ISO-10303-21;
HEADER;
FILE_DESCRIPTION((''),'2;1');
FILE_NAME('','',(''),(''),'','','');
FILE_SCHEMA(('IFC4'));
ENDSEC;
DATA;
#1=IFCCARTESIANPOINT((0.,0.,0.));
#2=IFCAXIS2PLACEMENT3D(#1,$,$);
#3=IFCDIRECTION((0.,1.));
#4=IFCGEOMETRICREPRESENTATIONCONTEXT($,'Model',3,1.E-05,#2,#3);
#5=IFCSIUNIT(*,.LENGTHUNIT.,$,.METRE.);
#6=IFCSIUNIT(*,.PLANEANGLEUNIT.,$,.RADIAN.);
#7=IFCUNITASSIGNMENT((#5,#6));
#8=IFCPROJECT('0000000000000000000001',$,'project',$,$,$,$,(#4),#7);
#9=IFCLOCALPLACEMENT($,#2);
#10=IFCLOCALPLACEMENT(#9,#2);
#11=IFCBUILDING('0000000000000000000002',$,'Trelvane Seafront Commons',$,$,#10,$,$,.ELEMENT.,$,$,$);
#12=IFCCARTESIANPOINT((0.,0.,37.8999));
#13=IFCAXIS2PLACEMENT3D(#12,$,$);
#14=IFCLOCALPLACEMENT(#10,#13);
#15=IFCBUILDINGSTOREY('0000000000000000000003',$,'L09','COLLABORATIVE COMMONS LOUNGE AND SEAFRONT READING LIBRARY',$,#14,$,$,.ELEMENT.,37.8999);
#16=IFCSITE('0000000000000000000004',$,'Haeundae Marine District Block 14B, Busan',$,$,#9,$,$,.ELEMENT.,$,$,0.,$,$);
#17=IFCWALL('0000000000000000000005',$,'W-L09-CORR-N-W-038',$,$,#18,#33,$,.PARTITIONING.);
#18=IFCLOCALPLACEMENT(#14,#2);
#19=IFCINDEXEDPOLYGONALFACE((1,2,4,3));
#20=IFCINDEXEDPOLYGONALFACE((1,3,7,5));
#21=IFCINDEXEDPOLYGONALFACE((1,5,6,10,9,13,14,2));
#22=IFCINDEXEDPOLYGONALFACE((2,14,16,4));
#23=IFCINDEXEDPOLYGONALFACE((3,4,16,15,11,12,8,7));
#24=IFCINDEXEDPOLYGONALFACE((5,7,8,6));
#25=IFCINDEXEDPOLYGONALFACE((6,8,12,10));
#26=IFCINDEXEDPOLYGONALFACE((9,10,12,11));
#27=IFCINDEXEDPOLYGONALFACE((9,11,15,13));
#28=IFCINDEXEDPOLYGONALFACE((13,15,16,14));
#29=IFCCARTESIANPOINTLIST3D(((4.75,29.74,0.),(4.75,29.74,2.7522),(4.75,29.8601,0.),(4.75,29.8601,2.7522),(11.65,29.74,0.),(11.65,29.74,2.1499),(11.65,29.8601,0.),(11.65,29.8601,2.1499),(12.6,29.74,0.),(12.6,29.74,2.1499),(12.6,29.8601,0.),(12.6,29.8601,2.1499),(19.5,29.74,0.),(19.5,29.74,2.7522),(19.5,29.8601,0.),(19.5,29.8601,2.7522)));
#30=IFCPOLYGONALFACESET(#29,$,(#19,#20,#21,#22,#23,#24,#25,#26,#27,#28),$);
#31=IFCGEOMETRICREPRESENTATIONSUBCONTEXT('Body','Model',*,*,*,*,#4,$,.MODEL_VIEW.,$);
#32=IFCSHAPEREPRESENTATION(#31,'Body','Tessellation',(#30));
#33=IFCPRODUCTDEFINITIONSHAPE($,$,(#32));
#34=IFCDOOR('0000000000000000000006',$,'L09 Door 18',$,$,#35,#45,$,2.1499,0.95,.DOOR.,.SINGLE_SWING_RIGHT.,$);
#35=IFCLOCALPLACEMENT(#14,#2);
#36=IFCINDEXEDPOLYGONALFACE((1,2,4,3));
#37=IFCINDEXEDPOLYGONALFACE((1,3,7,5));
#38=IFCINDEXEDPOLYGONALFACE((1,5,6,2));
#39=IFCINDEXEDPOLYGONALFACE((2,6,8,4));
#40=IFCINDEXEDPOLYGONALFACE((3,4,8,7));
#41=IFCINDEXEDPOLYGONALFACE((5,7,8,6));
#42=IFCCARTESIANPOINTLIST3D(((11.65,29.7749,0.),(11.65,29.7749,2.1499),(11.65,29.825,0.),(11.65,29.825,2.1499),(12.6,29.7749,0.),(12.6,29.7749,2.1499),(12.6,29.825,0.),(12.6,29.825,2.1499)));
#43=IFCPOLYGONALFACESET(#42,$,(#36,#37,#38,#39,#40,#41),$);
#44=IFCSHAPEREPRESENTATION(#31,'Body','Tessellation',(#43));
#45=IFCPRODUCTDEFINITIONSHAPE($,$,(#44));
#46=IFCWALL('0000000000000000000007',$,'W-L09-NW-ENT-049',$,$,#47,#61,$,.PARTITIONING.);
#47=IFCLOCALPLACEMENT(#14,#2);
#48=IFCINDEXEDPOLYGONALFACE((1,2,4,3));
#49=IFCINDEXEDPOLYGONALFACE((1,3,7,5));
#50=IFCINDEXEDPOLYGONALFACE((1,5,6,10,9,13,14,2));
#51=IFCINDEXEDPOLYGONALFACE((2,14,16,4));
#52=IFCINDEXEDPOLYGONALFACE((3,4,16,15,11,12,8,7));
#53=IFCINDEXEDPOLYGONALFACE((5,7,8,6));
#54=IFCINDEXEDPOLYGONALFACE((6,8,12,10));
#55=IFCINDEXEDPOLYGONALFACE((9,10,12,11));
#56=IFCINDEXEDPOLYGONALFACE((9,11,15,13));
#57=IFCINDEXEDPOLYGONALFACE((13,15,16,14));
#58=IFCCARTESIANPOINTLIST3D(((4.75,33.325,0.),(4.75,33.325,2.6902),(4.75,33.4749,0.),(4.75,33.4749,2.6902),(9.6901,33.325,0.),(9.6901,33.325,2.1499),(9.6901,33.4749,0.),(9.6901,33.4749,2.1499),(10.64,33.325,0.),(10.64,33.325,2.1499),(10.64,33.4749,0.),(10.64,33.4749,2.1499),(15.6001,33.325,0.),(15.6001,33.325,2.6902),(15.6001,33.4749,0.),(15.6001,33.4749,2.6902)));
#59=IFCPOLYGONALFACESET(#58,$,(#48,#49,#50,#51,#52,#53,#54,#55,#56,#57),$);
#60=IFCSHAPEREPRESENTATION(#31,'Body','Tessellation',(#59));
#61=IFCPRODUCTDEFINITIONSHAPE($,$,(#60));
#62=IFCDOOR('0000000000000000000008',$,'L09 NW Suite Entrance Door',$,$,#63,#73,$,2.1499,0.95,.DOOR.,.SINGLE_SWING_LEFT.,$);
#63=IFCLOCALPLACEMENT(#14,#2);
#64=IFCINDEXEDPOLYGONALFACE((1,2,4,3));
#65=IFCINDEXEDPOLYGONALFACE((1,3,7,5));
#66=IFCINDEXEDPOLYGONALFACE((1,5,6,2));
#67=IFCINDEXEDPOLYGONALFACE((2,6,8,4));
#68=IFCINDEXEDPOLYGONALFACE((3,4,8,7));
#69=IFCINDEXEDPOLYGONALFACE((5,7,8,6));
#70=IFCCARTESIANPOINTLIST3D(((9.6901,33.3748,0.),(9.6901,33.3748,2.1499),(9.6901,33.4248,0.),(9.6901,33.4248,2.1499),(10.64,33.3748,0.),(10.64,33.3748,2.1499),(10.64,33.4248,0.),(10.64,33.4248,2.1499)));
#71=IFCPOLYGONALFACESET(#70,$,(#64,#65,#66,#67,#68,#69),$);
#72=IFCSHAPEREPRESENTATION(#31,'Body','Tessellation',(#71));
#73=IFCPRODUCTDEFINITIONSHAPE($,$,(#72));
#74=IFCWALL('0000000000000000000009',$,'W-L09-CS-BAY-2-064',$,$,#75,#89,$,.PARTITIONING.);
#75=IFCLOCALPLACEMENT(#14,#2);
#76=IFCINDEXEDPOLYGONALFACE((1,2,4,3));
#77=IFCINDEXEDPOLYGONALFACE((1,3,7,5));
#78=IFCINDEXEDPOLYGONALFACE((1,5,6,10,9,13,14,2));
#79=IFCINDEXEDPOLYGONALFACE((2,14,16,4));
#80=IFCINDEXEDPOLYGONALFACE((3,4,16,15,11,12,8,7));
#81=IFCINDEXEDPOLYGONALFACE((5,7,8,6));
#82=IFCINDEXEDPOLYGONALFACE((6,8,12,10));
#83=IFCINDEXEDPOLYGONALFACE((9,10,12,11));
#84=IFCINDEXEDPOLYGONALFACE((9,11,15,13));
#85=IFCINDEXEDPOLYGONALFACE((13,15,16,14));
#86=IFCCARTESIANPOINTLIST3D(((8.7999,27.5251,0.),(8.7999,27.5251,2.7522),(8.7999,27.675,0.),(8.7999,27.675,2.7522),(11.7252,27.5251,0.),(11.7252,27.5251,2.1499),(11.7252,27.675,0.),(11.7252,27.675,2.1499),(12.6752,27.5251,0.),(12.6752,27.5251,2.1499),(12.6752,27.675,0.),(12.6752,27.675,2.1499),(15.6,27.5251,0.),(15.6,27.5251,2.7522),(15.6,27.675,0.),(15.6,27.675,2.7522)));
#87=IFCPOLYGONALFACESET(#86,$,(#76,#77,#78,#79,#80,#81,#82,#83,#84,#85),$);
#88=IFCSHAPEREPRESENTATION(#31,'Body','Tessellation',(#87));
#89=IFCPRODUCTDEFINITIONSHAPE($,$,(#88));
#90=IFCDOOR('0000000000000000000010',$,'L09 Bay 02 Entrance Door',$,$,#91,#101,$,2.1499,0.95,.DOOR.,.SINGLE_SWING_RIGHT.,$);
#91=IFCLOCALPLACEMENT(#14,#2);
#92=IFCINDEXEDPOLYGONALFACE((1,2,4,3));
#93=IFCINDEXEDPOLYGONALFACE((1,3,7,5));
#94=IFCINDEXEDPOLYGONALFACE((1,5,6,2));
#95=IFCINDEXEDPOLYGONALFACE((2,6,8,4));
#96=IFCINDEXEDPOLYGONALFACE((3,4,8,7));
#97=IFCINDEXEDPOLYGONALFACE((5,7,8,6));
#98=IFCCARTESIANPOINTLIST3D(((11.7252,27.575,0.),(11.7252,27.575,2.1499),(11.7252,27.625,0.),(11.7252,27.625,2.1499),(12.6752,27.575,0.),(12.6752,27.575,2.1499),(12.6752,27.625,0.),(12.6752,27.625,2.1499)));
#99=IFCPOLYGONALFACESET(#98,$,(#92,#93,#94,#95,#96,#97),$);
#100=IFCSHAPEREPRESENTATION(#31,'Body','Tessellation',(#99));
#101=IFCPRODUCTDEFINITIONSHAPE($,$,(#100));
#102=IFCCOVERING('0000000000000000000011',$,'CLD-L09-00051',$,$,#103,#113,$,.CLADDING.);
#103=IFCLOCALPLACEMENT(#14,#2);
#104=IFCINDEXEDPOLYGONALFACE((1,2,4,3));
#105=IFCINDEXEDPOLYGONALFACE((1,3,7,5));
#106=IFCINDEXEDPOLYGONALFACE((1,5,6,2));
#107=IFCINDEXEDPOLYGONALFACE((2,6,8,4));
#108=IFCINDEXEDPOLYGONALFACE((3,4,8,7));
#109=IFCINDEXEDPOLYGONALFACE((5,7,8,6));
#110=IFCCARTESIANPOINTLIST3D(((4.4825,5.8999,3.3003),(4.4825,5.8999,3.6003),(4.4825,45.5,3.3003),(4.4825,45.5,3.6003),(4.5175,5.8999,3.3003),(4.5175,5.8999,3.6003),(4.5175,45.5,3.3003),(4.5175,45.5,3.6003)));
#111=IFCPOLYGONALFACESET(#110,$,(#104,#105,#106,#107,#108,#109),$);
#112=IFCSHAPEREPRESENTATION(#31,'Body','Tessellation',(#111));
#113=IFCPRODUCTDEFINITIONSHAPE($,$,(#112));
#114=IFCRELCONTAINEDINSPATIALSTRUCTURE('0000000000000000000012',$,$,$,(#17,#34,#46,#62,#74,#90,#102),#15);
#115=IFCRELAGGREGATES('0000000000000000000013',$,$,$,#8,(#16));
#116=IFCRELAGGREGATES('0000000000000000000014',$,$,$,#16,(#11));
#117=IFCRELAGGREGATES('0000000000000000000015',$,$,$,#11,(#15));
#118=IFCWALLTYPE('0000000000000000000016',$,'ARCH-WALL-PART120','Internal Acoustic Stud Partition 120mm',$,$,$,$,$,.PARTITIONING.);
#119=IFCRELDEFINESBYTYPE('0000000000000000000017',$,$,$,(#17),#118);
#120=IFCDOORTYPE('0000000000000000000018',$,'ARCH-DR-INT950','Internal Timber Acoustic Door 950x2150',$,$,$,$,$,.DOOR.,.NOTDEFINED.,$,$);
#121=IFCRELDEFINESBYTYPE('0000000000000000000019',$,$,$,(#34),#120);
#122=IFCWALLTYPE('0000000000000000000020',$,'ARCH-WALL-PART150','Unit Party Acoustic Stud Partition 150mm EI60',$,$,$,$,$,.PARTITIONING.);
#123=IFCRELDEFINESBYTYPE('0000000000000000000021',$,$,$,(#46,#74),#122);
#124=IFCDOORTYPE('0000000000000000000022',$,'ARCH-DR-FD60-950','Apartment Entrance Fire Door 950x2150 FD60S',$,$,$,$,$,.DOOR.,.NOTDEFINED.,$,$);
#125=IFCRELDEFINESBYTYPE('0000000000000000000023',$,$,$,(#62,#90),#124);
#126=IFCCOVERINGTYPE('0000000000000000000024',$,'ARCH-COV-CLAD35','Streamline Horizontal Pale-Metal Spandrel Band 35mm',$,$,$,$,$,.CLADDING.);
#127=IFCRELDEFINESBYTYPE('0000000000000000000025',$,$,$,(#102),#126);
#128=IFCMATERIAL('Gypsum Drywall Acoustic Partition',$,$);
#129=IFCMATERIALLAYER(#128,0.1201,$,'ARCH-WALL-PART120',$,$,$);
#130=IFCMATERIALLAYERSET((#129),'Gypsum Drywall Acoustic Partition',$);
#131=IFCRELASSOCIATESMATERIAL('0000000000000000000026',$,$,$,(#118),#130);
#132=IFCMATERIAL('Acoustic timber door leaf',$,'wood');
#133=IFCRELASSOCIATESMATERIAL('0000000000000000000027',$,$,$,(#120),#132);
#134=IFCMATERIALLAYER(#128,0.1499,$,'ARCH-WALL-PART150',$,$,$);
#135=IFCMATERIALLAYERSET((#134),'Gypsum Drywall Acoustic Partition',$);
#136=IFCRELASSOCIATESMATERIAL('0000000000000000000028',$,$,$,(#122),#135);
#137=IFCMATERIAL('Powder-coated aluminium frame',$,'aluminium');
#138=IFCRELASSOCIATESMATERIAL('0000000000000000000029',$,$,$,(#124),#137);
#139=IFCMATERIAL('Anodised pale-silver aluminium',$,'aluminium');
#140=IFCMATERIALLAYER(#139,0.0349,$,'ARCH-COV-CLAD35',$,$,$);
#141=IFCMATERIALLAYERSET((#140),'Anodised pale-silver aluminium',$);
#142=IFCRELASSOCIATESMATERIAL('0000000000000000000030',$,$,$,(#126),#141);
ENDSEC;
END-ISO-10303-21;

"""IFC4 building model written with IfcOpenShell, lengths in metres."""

from ifc_helpers import new_model, si_unit, direction, frame, frame_2d, origin, origin_2d, place, context, subcontext, project, spatial, rectangle, extrude, source, transform, mapped, material, layer, layer_set, type_object, element, fill, save


model = new_model("IFC4")

# Units and contexts
model_context = context("Model", 3, precision=1e-05, world=origin(), true_north=direction((0.0, 1.0)))
body_context = subcontext(model_context, "Body", "Model", "MODEL_VIEW")
ifc_project = project(units=[si_unit("LENGTHUNIT", "METRE"), si_unit("PLANEANGLEUNIT", "RADIAN")], contexts=[model_context])

# Site, building, storey
site_placement = place(None, origin())
site = spatial("IfcSite", under=ifc_project, at=site_placement, Name="Haeundae Marine District Block 14B, Busan", CompositionType="ELEMENT", RefElevation=0.0)
building_placement = place(site_placement, origin())
building = spatial("IfcBuilding", under=site, at=building_placement, Name="Trelvane Seafront Commons", CompositionType="ELEMENT")
storey_placement = place(building_placement, frame((0.0, 0.0, 37.8999)))
storey = spatial("IfcBuildingStorey", under=building, at=storey_placement, Name="L09", Description="COLLABORATIVE COMMONS LOUNGE AND SEAFRONT READING LIBRARY", CompositionType="ELEMENT", Elevation=37.8999)

# Walls, openings, doors
ifc_material_1 = material(Name="Gypsum Drywall Acoustic Partition")
ifc_layer_1 = layer(ifc_material_1, 0.1201, Name="ARCH-WALL-PART120")
ifc_layer_set_1 = layer_set([ifc_layer_1], Name="Gypsum Drywall Acoustic Partition")
wall_type_1 = type_object("IfcWallType", Name="ARCH-WALL-PART120", Description="Internal Acoustic Stud Partition 120mm", PredefinedType="PARTITIONING", material=ifc_layer_set_1)
wall_1_placement = place(storey_placement, frame((4.75, 29.8, 0.0), z_axis=(0.0, 0.0, 1.0), x_axis=(1.0, 0.0, 0.0)))
wall_1 = element("IfcWall", 1, at=wall_1_placement, inside=storey, type_object=wall_type_1, Name="W-L09-CORR-N-W-038", PredefinedType="PARTITIONING", context=body_context, shape_type="SweptSolid", body=[
    extrude(rectangle(XDim=14.75, YDim=0.1201, at=frame_2d((7.375, 0.0))), origin(), (0.0, 0.0, 1.0), 2.7522),
])
opening_1_placement = place(wall_1_placement, frame((6.8999, 0.0, 0.0)))
opening_1 = element("IfcOpeningElement", 2, at=opening_1_placement, cuts=wall_1, PredefinedType="OPENING", context=body_context, shape_type="SweptSolid", body=[
    extrude(rectangle(XDim=0.95, YDim=2.1499, at=frame_2d((0.4751, 1.075))), frame((0.0, 0.0701, 0.0), z_axis=(0.0, -1.0, 0.0), x_axis=(1.0, 0.0, 0.0)), (0.0, 0.0, 1.0), 0.1401),
])
ifc_material_2 = material(Name="Acoustic timber door leaf", Category="wood")
door_type_1 = type_object("IfcDoorType", Name="ARCH-DR-INT950", Description="Internal Timber Acoustic Door 950x2150", OperationType="NOTDEFINED", PredefinedType="DOOR", material=ifc_material_2)
shared_shape_1 = source(origin(), body_context, "Body", "SweptSolid", [
    extrude(rectangle(XDim=0.95, YDim=2.1499, at=frame_2d((0.4751, 1.075))), frame((0.0, 0.0249, 0.0), z_axis=(0.0, -1.0, 0.0), x_axis=(1.0, 0.0, 0.0)), (0.0, 0.0, 1.0), 0.05),
])
door_1_placement = place(opening_1_placement, origin())
door_1 = element("IfcDoor", 3, at=door_1_placement, inside=storey, type_object=door_type_1, Name="L09 Door 18", OperationType="SINGLE_SWING_RIGHT", OverallHeight=2.1499, OverallWidth=0.95, PredefinedType="DOOR", context=body_context, shape_type="MappedRepresentation", body=[
    mapped(shared_shape_1, transform((0.0, 0.0, 0.0), x_axis=(1.0, 0.0, 0.0), y_axis=(0.0, 1.0, 0.0), z_axis=(0.0, 0.0, 1.0), scale=1.0)),
])
fill(opening_1, door_1)
ifc_layer_2 = layer(ifc_material_1, 0.1499, Name="ARCH-WALL-PART150")
ifc_layer_set_2 = layer_set([ifc_layer_2], Name="Gypsum Drywall Acoustic Partition")
wall_type_2 = type_object("IfcWallType", Name="ARCH-WALL-PART150", Description="Unit Party Acoustic Stud Partition 150mm EI60", PredefinedType="PARTITIONING", material=ifc_layer_set_2)
wall_2_placement = place(storey_placement, frame((4.75, 33.3999, 0.0), z_axis=(0.0, 0.0, 1.0), x_axis=(1.0, 0.0, 0.0)))
wall_2 = element("IfcWall", 4, at=wall_2_placement, inside=storey, type_object=wall_type_2, Name="W-L09-NW-ENT-049", PredefinedType="PARTITIONING", context=body_context, shape_type="SweptSolid", body=[
    extrude(rectangle(XDim=10.8501, YDim=0.1499, at=frame_2d((5.425, 0.0))), origin(), (0.0, 0.0, 1.0), 2.6902),
])
opening_2_placement = place(wall_2_placement, frame((4.9399, 0.0, 0.0)))
opening_2 = element("IfcOpeningElement", 5, at=opening_2_placement, cuts=wall_2, PredefinedType="OPENING", context=body_context, shape_type="SweptSolid", body=[
    extrude(rectangle(XDim=0.95, YDim=2.1499, at=frame_2d((0.4751, 1.075))), frame((0.0, 0.085, 0.0), z_axis=(0.0, -1.0, 0.0), x_axis=(1.0, 0.0, 0.0)), (0.0, 0.0, 1.0), 0.1699),
])
ifc_material_3 = material(Name="Powder-coated aluminium frame", Category="aluminium")
door_type_2 = type_object("IfcDoorType", Name="ARCH-DR-FD60-950", Description="Apartment Entrance Fire Door 950x2150 FD60S", OperationType="NOTDEFINED", PredefinedType="DOOR", material=ifc_material_3)
door_2_placement = place(opening_2_placement, origin())
door_2 = element("IfcDoor", 6, at=door_2_placement, inside=storey, type_object=door_type_2, Name="L09 NW Suite Entrance Door", OperationType="SINGLE_SWING_LEFT", OverallHeight=2.1499, OverallWidth=0.95, PredefinedType="DOOR", context=body_context, shape_type="MappedRepresentation", body=[
    mapped(shared_shape_1, transform((0.0, 0.0, 0.0), x_axis=(1.0, 0.0, 0.0), y_axis=(0.0, 1.0, 0.0), z_axis=(0.0, 0.0, 1.0), scale=1.0)),
])
fill(opening_2, door_2)
wall_3_placement = place(storey_placement, frame((8.8, 27.6001, 0.0), z_axis=(0.0, 0.0, 1.0), x_axis=(1.0, 0.0, 0.0)))
wall_3 = element("IfcWall", 7, at=wall_3_placement, inside=storey, type_object=wall_type_2, Name="W-L09-CS-BAY-2-064", PredefinedType="PARTITIONING", context=body_context, shape_type="SweptSolid", body=[
    extrude(rectangle(XDim=6.8, YDim=0.1499, at=frame_2d((3.3999, 0.0))), origin(), (0.0, 0.0, 1.0), 2.7522),
])
opening_3_placement = place(wall_3_placement, frame((2.925, 0.0, 0.0)))
opening_3 = element("IfcOpeningElement", 8, at=opening_3_placement, cuts=wall_3, PredefinedType="OPENING", context=body_context, shape_type="SweptSolid", body=[
    extrude(rectangle(XDim=0.95, YDim=2.1499, at=frame_2d((0.4751, 1.075))), frame((0.0, 0.085, 0.0), z_axis=(0.0, -1.0, 0.0), x_axis=(1.0, 0.0, 0.0)), (0.0, 0.0, 1.0), 0.1699),
])
door_3_placement = place(opening_3_placement, origin())
door_3 = element("IfcDoor", 9, at=door_3_placement, inside=storey, type_object=door_type_2, Name="L09 Bay 02 Entrance Door", OperationType="SINGLE_SWING_RIGHT", OverallHeight=2.1499, OverallWidth=0.95, PredefinedType="DOOR", context=body_context, shape_type="MappedRepresentation", body=[
    mapped(shared_shape_1, transform((0.0, 0.0, 0.0), x_axis=(1.0, 0.0, 0.0), y_axis=(0.0, 1.0, 0.0), z_axis=(0.0, 0.0, 1.0), scale=1.0)),
])
fill(opening_3, door_3)

# Covering
ifc_material_4 = material(Name="Anodised pale-silver aluminium", Category="aluminium")
ifc_layer_3 = layer(ifc_material_4, 0.0349, Name="ARCH-COV-CLAD35")
ifc_layer_set_3 = layer_set([ifc_layer_3], Name="Anodised pale-silver aluminium")
covering_type = type_object("IfcCoveringType", Name="ARCH-COV-CLAD35", Description="Streamline Horizontal Pale-Metal Spandrel Band 35mm", PredefinedType="CLADDING", material=ifc_layer_set_3)
shared_shape_2 = source(origin(), body_context, "Body", "SweptSolid", [
    extrude(rectangle(XDim=39.6001, YDim=0.0349, at=origin_2d()), origin(), (0.0, 0.0, 1.0), 0.3),
])
covering_placement = place(storey_placement, frame((4.5, 25.7, 3.3003), z_axis=(0.0, 0.0, 1.0), x_axis=(0.0, 1.0, 0.0)))
element("IfcCovering", 10, at=covering_placement, inside=storey, type_object=covering_type, Name="CLD-L09-00051", PredefinedType="CLADDING", context=body_context, shape_type="MappedRepresentation", body=[
    mapped(shared_shape_2, transform((0.0, 0.0, 0.0), x_axis=(1.0, 0.0, 0.0), y_axis=(0.0, 1.0, 0.0), z_axis=(0.0, 0.0, 1.0), scale=1.0)),
])

save(model, "model.ifc")
